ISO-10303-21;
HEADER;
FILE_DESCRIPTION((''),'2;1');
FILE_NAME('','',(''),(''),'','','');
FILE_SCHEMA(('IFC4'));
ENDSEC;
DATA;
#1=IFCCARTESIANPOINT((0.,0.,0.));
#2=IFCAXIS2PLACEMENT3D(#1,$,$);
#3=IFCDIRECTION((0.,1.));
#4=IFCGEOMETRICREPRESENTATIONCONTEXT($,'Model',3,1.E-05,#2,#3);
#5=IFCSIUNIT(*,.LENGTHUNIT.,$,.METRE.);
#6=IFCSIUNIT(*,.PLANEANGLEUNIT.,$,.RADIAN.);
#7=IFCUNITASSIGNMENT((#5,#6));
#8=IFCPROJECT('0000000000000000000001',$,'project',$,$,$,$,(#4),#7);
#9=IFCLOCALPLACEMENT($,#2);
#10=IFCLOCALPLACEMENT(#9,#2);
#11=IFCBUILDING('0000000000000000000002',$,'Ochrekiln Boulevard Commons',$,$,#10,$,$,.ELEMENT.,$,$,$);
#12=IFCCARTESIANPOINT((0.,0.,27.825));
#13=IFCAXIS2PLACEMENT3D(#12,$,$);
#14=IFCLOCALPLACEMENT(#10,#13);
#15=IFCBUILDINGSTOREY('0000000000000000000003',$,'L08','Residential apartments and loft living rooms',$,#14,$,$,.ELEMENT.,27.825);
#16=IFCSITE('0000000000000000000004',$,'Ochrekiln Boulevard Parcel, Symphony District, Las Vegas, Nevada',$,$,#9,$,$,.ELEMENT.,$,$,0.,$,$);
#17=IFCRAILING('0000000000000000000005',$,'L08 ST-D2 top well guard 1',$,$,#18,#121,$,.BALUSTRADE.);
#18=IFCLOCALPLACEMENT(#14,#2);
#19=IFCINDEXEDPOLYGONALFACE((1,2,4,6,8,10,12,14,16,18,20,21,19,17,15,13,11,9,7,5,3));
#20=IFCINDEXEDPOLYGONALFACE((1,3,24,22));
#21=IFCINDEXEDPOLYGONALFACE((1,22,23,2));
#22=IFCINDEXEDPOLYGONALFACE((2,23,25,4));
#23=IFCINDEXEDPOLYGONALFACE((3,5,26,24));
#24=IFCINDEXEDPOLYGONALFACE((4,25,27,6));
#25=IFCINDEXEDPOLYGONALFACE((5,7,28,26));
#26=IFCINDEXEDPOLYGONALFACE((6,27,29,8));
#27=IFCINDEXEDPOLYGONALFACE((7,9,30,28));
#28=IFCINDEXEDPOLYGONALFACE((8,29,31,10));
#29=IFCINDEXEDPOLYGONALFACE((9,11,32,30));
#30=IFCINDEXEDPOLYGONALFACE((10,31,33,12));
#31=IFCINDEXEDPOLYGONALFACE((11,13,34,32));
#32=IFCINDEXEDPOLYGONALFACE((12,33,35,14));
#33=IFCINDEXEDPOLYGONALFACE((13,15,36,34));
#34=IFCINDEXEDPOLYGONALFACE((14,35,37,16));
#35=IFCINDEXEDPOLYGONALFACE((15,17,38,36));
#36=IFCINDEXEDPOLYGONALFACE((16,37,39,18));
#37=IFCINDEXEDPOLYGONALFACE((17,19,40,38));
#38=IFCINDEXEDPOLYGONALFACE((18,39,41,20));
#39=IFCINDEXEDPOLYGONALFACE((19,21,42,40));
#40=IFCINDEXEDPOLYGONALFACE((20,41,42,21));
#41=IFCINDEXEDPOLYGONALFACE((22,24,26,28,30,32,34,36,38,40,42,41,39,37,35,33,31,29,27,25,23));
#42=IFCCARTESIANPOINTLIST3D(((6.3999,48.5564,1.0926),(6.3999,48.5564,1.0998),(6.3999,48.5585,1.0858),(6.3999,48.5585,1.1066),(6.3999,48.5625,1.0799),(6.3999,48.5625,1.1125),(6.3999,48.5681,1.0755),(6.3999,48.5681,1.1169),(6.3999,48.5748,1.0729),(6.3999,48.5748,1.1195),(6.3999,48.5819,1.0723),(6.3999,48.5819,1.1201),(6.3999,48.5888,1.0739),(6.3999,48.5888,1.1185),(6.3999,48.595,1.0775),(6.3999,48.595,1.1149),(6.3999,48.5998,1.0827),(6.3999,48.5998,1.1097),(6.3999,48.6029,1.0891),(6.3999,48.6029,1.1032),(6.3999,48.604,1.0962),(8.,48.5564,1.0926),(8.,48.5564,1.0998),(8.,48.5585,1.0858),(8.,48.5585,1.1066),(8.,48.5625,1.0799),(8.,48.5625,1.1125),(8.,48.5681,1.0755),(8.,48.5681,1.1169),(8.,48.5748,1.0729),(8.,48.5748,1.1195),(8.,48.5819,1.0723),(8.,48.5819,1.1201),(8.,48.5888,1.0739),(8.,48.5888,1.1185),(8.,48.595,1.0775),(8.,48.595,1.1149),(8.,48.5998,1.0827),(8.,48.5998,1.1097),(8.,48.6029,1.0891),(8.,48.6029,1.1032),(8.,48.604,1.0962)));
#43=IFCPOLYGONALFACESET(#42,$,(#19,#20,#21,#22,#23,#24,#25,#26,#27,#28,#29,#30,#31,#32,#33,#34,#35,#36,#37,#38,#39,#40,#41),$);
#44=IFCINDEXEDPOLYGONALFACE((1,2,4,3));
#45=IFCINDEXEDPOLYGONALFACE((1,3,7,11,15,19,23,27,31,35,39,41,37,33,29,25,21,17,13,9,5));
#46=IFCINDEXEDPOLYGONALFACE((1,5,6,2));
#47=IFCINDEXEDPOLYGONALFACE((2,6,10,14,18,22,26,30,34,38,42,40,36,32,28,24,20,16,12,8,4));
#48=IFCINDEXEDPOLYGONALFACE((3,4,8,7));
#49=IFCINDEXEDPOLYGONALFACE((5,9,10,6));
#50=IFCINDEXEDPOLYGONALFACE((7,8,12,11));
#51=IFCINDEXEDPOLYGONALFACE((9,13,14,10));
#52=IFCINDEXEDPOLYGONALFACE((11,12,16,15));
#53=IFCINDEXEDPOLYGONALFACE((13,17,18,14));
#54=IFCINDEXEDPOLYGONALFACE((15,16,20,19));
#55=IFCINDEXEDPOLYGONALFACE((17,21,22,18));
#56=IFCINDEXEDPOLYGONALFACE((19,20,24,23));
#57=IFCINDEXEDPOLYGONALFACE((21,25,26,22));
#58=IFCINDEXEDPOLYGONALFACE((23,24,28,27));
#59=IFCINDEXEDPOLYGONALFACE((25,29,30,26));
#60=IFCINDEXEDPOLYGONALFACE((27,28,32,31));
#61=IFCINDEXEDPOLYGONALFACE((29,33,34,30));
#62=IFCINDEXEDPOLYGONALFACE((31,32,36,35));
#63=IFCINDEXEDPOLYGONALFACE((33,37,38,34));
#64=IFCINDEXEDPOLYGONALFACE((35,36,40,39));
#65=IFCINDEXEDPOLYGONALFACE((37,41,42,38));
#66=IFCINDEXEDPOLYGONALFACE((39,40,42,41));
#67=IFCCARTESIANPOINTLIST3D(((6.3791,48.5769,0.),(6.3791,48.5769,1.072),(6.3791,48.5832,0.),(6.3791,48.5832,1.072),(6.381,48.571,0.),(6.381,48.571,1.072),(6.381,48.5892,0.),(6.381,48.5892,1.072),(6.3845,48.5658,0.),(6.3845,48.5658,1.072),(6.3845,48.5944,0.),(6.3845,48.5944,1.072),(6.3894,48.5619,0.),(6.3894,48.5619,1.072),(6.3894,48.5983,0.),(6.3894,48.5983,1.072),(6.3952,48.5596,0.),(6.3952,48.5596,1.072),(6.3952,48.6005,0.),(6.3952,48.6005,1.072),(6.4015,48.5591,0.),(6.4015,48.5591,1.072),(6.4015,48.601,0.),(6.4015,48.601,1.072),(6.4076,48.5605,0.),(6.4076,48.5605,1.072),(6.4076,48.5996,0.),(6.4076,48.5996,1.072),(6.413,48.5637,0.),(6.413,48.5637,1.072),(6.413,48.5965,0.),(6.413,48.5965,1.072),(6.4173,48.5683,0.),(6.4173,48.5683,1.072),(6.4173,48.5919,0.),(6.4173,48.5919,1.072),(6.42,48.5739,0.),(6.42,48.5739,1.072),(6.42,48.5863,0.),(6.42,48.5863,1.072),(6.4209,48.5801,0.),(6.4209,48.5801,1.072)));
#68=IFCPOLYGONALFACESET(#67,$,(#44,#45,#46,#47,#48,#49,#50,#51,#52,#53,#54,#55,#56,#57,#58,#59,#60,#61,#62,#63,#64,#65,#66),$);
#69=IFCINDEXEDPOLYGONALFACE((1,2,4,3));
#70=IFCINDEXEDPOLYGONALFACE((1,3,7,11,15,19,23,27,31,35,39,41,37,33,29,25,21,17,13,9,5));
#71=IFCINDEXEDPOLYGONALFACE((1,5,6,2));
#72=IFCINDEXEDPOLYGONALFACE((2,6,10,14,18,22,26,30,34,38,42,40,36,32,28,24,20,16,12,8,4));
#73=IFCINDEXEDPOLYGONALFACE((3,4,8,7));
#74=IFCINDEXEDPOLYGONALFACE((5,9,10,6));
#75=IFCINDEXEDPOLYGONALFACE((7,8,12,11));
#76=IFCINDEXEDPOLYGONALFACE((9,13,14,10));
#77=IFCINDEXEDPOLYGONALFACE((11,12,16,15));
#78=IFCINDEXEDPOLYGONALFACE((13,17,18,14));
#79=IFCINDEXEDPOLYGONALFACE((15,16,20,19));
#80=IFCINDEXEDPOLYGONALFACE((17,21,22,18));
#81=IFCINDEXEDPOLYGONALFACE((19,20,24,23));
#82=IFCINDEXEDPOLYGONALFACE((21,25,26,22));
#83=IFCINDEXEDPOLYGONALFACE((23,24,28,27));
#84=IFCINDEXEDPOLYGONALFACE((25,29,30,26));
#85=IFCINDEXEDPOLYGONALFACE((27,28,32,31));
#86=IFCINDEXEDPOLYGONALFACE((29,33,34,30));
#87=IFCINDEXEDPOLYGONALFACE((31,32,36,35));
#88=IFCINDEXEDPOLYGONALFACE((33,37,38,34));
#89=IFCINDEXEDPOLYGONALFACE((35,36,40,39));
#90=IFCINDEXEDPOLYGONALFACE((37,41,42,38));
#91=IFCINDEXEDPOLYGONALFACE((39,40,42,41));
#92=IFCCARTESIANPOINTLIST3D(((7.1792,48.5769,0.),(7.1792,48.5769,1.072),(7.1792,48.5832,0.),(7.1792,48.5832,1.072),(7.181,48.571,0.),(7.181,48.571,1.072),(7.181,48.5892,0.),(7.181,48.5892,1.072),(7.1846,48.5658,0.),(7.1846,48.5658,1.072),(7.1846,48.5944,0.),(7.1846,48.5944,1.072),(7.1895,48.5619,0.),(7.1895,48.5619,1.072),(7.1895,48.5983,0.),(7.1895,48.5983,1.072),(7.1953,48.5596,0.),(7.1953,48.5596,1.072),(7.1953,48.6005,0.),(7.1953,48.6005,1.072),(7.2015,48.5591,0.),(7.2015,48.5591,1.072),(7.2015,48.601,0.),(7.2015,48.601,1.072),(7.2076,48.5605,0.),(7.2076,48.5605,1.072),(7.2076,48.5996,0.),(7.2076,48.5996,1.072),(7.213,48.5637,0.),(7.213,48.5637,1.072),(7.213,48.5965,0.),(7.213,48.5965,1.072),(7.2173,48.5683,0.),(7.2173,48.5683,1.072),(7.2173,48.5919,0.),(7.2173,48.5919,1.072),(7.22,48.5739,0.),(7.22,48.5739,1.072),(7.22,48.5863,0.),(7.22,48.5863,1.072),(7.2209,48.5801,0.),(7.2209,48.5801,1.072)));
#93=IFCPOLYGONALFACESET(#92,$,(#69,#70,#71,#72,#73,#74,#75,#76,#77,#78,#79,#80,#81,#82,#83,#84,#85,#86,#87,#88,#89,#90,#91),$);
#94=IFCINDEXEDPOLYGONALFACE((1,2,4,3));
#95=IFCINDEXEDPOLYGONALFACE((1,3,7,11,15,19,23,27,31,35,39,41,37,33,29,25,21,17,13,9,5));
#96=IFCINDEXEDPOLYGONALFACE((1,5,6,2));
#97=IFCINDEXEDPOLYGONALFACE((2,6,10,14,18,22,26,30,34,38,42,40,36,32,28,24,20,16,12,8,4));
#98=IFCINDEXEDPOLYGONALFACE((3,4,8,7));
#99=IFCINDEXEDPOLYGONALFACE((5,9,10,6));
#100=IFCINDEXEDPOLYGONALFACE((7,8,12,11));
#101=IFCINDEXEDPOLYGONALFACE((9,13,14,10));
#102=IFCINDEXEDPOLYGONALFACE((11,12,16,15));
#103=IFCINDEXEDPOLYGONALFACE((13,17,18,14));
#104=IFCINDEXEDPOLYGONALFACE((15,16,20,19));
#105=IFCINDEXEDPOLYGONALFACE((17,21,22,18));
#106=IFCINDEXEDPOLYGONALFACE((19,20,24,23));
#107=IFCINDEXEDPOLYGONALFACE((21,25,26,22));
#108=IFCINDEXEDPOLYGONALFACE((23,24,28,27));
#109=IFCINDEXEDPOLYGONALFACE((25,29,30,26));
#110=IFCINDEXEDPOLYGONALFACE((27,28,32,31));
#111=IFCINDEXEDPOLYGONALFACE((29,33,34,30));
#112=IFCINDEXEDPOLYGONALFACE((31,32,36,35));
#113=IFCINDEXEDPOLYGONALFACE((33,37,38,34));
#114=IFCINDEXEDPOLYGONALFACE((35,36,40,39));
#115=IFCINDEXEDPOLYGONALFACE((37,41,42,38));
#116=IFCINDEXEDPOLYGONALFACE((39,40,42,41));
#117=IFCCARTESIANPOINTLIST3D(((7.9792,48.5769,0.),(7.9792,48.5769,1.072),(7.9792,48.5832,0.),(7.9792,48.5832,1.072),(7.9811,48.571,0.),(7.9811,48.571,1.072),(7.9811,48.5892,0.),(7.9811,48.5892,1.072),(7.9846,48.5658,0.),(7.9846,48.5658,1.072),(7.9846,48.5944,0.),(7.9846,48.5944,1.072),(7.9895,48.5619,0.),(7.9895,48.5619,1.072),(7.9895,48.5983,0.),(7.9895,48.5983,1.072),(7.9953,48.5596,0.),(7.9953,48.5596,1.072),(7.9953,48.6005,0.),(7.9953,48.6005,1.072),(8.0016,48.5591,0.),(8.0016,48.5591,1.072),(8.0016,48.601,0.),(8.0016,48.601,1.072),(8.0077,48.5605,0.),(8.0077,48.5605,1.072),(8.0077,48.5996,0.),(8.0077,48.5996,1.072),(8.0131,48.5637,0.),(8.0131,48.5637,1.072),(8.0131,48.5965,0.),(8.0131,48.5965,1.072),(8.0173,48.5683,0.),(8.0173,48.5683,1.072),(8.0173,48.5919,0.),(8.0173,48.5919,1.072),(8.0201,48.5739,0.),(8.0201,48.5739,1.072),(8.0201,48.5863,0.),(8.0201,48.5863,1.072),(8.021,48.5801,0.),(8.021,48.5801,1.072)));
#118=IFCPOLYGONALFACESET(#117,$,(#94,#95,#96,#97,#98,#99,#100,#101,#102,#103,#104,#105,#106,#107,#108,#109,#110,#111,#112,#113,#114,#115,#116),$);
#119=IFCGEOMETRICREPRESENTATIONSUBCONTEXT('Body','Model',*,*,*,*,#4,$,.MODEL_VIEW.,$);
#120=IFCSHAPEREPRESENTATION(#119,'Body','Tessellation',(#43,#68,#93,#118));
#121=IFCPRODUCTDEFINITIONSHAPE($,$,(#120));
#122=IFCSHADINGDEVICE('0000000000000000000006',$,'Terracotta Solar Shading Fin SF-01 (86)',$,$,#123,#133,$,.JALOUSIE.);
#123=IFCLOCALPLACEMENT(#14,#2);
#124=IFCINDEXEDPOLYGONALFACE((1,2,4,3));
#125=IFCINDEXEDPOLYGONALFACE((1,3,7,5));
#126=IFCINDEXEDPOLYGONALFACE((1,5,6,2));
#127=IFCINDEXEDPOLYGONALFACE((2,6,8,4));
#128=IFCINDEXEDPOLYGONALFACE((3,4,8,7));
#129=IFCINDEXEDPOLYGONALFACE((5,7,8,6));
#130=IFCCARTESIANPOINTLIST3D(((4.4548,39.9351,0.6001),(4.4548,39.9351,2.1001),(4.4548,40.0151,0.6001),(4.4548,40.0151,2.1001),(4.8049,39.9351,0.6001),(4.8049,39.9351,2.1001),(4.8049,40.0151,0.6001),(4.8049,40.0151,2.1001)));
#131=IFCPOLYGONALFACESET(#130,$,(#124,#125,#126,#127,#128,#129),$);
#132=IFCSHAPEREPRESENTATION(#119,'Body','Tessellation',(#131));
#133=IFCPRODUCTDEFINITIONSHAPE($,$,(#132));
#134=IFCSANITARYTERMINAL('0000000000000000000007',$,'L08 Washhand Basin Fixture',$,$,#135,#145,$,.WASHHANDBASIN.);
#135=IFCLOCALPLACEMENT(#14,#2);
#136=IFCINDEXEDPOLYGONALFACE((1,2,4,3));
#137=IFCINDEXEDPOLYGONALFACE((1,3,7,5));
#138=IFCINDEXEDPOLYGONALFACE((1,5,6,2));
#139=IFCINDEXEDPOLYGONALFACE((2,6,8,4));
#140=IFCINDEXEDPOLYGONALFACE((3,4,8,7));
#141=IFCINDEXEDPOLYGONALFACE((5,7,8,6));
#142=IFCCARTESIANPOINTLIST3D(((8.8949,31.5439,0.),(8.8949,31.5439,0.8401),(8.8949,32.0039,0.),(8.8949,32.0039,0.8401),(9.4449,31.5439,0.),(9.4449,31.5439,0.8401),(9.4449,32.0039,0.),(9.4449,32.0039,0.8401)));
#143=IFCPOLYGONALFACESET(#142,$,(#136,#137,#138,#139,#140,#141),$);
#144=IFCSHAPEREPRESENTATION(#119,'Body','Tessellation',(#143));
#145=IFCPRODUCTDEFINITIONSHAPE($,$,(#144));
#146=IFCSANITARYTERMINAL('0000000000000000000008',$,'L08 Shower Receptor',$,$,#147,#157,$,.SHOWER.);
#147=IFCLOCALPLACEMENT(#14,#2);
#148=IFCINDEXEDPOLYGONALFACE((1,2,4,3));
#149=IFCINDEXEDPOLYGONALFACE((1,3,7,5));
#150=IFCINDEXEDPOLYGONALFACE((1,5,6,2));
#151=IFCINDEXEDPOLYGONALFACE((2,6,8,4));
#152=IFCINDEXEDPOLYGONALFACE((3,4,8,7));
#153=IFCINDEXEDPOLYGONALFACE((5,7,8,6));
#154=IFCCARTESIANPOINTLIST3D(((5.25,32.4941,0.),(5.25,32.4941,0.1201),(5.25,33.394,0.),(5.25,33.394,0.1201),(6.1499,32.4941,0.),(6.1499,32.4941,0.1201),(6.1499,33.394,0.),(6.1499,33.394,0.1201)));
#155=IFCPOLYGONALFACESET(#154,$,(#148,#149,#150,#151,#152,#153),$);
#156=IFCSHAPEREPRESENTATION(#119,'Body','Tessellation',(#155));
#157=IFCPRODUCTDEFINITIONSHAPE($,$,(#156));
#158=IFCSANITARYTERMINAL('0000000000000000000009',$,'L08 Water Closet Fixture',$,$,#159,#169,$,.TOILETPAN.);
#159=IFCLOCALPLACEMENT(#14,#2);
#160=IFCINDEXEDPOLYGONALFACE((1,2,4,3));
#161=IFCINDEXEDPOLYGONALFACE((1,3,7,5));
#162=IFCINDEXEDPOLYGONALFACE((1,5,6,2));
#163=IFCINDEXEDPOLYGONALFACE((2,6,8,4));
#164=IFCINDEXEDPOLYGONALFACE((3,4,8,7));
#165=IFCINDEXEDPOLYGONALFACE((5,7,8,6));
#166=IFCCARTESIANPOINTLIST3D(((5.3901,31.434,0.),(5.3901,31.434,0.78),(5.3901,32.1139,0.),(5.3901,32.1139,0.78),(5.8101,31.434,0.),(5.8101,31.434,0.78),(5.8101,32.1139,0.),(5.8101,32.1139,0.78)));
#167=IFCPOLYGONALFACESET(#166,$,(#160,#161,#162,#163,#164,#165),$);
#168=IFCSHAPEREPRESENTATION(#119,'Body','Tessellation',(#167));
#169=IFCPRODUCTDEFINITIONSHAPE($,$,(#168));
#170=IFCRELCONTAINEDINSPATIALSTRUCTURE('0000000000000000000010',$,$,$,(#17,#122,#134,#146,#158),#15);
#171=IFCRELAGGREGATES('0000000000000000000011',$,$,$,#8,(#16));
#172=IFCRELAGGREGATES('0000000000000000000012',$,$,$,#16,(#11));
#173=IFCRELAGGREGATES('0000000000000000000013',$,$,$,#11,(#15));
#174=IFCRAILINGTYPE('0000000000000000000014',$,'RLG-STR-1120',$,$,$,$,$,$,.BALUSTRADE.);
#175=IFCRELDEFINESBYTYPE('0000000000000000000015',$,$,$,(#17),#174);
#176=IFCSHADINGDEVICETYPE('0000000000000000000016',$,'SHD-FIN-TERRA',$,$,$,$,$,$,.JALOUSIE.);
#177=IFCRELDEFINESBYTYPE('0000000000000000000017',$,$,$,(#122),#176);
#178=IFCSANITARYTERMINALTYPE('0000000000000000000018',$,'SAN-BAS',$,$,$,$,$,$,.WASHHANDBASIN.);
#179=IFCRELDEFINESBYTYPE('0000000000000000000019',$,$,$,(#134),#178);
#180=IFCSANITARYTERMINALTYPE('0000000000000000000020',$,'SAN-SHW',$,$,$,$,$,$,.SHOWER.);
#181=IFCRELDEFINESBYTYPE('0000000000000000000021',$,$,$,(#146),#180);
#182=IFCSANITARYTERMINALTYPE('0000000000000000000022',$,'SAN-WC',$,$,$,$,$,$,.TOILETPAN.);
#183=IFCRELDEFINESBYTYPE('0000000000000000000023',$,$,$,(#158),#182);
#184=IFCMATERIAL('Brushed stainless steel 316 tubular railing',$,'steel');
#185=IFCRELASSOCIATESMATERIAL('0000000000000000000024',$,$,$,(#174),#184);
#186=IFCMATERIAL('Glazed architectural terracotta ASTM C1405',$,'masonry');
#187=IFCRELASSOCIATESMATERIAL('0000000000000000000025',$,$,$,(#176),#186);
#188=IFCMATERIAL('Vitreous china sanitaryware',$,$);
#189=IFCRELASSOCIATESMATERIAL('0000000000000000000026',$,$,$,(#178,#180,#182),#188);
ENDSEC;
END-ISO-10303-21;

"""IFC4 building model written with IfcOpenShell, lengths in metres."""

from ifc_helpers import new_model, si_unit, direction, frame, origin, origin_2d, place, context, subcontext, project, spatial, rectangle, circle, extrude, material, type_object, element, save


model = new_model("IFC4")

# Units and contexts
model_context = context("Model", 3, precision=1e-05, world=origin(), true_north=direction((0.0, 1.0)))
body_context = subcontext(model_context, "Body", "Model", "MODEL_VIEW")
ifc_project = project(units=[si_unit("LENGTHUNIT", "METRE"), si_unit("PLANEANGLEUNIT", "RADIAN")], contexts=[model_context])

# Site, building, storey
site_placement = place(None, origin())
site = spatial("IfcSite", under=ifc_project, at=site_placement, Name="Ochrekiln Boulevard Parcel, Symphony District, Las Vegas, Nevada", CompositionType="ELEMENT", RefElevation=0.0)
building_placement = place(site_placement, origin())
building = spatial("IfcBuilding", under=site, at=building_placement, Name="Ochrekiln Boulevard Commons", CompositionType="ELEMENT")
storey_placement = place(building_placement, frame((0.0, 0.0, 27.825)))
storey = spatial("IfcBuildingStorey", under=building, at=storey_placement, Name="L08", Description="Residential apartments and loft living rooms", CompositionType="ELEMENT", Elevation=27.825)

# Railing
ifc_material_1 = material(Name="Brushed stainless steel 316 tubular railing", Category="steel")
railing_type = type_object("IfcRailingType", Name="RLG-STR-1120", PredefinedType="BALUSTRADE", material=ifc_material_1)
railing_placement = place(storey_placement, frame((6.3999, 48.5801, 0.0)))
element("IfcRailing", 1, at=railing_placement, inside=storey, type_object=railing_type, Name="L08 ST-D2 top well guard 1", PredefinedType="BALUSTRADE", context=body_context, shape_type="SweptSolid", body=[
    extrude(circle(Radius=0.0239, at=origin_2d()), frame((0.0, 0.0, 1.0962), z_axis=(1.0, 0.0, 0.0), x_axis=(0.0, 1.0, 0.0)), (0.0, 0.0, 1.0), 1.6001),
    extrude(circle(Radius=0.021, at=origin_2d()), origin(), (0.0, 0.0, 1.0), 1.072),
    extrude(circle(Radius=0.021, at=origin_2d()), frame((0.8, 0.0, 0.0)), (0.0, 0.0, 1.0), 1.072),
    extrude(circle(Radius=0.021, at=origin_2d()), frame((1.6001, 0.0, 0.0)), (0.0, 0.0, 1.0), 1.072),
])

# Shading device
ifc_material_2 = material(Name="Glazed architectural terracotta ASTM C1405", Category="masonry")
shading_device_type = type_object("IfcShadingDeviceType", Name="SHD-FIN-TERRA", PredefinedType="JALOUSIE", material=ifc_material_2)
shading_device_placement = place(storey_placement, frame((4.6299, 39.9751, 0.6001), z_axis=(0.0, 0.0, 1.0), x_axis=(1.0, 0.0, 0.0)))
element("IfcShadingDevice", 2, at=shading_device_placement, inside=storey, type_object=shading_device_type, Name="Terracotta Solar Shading Fin SF-01 (86)", PredefinedType="JALOUSIE", context=body_context, shape_type="SweptSolid", body=[
    extrude(rectangle(XDim=0.3501, YDim=0.0801, at=origin_2d()), origin(), (0.0, 0.0, 1.0), 1.5),
])

# Sanitary terminals
ifc_material_3 = material(Name="Vitreous china sanitaryware")
sanitary_terminal_type_1 = type_object("IfcSanitaryTerminalType", Name="SAN-BAS", PredefinedType="WASHHANDBASIN", material=ifc_material_3)
sanitary_terminal_1_placement = place(storey_placement, frame((9.1699, 31.7739, 0.0), z_axis=(0.0, 0.0, 1.0), x_axis=(1.0, 0.0, 0.0)))
element("IfcSanitaryTerminal", 3, at=sanitary_terminal_1_placement, inside=storey, type_object=sanitary_terminal_type_1, Name="L08 Washhand Basin Fixture", PredefinedType="WASHHANDBASIN", context=body_context, shape_type="SweptSolid", body=[
    extrude(rectangle(XDim=0.55, YDim=0.46, at=origin_2d()), origin(), (0.0, 0.0, 1.0), 0.8401),
])
sanitary_terminal_type_2 = type_object("IfcSanitaryTerminalType", Name="SAN-SHW", PredefinedType="SHOWER", material=ifc_material_3)
sanitary_terminal_2_placement = place(storey_placement, frame((5.7, 32.9441, 0.0), z_axis=(0.0, 0.0, 1.0), x_axis=(1.0, 0.0, 0.0)))
element("IfcSanitaryTerminal", 4, at=sanitary_terminal_2_placement, inside=storey, type_object=sanitary_terminal_type_2, Name="L08 Shower Receptor", PredefinedType="SHOWER", context=body_context, shape_type="SweptSolid", body=[
    extrude(rectangle(XDim=0.8999, YDim=0.8999, at=origin_2d()), origin(), (0.0, 0.0, 1.0), 0.1201),
])
sanitary_terminal_type_3 = type_object("IfcSanitaryTerminalType", Name="SAN-WC", PredefinedType="TOILETPAN", material=ifc_material_3)
sanitary_terminal_3_placement = place(storey_placement, frame((5.6001, 31.7739, 0.0), z_axis=(0.0, 0.0, 1.0), x_axis=(1.0, 0.0, 0.0)))
element("IfcSanitaryTerminal", 5, at=sanitary_terminal_3_placement, inside=storey, type_object=sanitary_terminal_type_3, Name="L08 Water Closet Fixture", PredefinedType="TOILETPAN", context=body_context, shape_type="SweptSolid", body=[
    extrude(rectangle(XDim=0.4199, YDim=0.6799, at=origin_2d()), origin(), (0.0, 0.0, 1.0), 0.78),
])

save(model, "model.ifc")
